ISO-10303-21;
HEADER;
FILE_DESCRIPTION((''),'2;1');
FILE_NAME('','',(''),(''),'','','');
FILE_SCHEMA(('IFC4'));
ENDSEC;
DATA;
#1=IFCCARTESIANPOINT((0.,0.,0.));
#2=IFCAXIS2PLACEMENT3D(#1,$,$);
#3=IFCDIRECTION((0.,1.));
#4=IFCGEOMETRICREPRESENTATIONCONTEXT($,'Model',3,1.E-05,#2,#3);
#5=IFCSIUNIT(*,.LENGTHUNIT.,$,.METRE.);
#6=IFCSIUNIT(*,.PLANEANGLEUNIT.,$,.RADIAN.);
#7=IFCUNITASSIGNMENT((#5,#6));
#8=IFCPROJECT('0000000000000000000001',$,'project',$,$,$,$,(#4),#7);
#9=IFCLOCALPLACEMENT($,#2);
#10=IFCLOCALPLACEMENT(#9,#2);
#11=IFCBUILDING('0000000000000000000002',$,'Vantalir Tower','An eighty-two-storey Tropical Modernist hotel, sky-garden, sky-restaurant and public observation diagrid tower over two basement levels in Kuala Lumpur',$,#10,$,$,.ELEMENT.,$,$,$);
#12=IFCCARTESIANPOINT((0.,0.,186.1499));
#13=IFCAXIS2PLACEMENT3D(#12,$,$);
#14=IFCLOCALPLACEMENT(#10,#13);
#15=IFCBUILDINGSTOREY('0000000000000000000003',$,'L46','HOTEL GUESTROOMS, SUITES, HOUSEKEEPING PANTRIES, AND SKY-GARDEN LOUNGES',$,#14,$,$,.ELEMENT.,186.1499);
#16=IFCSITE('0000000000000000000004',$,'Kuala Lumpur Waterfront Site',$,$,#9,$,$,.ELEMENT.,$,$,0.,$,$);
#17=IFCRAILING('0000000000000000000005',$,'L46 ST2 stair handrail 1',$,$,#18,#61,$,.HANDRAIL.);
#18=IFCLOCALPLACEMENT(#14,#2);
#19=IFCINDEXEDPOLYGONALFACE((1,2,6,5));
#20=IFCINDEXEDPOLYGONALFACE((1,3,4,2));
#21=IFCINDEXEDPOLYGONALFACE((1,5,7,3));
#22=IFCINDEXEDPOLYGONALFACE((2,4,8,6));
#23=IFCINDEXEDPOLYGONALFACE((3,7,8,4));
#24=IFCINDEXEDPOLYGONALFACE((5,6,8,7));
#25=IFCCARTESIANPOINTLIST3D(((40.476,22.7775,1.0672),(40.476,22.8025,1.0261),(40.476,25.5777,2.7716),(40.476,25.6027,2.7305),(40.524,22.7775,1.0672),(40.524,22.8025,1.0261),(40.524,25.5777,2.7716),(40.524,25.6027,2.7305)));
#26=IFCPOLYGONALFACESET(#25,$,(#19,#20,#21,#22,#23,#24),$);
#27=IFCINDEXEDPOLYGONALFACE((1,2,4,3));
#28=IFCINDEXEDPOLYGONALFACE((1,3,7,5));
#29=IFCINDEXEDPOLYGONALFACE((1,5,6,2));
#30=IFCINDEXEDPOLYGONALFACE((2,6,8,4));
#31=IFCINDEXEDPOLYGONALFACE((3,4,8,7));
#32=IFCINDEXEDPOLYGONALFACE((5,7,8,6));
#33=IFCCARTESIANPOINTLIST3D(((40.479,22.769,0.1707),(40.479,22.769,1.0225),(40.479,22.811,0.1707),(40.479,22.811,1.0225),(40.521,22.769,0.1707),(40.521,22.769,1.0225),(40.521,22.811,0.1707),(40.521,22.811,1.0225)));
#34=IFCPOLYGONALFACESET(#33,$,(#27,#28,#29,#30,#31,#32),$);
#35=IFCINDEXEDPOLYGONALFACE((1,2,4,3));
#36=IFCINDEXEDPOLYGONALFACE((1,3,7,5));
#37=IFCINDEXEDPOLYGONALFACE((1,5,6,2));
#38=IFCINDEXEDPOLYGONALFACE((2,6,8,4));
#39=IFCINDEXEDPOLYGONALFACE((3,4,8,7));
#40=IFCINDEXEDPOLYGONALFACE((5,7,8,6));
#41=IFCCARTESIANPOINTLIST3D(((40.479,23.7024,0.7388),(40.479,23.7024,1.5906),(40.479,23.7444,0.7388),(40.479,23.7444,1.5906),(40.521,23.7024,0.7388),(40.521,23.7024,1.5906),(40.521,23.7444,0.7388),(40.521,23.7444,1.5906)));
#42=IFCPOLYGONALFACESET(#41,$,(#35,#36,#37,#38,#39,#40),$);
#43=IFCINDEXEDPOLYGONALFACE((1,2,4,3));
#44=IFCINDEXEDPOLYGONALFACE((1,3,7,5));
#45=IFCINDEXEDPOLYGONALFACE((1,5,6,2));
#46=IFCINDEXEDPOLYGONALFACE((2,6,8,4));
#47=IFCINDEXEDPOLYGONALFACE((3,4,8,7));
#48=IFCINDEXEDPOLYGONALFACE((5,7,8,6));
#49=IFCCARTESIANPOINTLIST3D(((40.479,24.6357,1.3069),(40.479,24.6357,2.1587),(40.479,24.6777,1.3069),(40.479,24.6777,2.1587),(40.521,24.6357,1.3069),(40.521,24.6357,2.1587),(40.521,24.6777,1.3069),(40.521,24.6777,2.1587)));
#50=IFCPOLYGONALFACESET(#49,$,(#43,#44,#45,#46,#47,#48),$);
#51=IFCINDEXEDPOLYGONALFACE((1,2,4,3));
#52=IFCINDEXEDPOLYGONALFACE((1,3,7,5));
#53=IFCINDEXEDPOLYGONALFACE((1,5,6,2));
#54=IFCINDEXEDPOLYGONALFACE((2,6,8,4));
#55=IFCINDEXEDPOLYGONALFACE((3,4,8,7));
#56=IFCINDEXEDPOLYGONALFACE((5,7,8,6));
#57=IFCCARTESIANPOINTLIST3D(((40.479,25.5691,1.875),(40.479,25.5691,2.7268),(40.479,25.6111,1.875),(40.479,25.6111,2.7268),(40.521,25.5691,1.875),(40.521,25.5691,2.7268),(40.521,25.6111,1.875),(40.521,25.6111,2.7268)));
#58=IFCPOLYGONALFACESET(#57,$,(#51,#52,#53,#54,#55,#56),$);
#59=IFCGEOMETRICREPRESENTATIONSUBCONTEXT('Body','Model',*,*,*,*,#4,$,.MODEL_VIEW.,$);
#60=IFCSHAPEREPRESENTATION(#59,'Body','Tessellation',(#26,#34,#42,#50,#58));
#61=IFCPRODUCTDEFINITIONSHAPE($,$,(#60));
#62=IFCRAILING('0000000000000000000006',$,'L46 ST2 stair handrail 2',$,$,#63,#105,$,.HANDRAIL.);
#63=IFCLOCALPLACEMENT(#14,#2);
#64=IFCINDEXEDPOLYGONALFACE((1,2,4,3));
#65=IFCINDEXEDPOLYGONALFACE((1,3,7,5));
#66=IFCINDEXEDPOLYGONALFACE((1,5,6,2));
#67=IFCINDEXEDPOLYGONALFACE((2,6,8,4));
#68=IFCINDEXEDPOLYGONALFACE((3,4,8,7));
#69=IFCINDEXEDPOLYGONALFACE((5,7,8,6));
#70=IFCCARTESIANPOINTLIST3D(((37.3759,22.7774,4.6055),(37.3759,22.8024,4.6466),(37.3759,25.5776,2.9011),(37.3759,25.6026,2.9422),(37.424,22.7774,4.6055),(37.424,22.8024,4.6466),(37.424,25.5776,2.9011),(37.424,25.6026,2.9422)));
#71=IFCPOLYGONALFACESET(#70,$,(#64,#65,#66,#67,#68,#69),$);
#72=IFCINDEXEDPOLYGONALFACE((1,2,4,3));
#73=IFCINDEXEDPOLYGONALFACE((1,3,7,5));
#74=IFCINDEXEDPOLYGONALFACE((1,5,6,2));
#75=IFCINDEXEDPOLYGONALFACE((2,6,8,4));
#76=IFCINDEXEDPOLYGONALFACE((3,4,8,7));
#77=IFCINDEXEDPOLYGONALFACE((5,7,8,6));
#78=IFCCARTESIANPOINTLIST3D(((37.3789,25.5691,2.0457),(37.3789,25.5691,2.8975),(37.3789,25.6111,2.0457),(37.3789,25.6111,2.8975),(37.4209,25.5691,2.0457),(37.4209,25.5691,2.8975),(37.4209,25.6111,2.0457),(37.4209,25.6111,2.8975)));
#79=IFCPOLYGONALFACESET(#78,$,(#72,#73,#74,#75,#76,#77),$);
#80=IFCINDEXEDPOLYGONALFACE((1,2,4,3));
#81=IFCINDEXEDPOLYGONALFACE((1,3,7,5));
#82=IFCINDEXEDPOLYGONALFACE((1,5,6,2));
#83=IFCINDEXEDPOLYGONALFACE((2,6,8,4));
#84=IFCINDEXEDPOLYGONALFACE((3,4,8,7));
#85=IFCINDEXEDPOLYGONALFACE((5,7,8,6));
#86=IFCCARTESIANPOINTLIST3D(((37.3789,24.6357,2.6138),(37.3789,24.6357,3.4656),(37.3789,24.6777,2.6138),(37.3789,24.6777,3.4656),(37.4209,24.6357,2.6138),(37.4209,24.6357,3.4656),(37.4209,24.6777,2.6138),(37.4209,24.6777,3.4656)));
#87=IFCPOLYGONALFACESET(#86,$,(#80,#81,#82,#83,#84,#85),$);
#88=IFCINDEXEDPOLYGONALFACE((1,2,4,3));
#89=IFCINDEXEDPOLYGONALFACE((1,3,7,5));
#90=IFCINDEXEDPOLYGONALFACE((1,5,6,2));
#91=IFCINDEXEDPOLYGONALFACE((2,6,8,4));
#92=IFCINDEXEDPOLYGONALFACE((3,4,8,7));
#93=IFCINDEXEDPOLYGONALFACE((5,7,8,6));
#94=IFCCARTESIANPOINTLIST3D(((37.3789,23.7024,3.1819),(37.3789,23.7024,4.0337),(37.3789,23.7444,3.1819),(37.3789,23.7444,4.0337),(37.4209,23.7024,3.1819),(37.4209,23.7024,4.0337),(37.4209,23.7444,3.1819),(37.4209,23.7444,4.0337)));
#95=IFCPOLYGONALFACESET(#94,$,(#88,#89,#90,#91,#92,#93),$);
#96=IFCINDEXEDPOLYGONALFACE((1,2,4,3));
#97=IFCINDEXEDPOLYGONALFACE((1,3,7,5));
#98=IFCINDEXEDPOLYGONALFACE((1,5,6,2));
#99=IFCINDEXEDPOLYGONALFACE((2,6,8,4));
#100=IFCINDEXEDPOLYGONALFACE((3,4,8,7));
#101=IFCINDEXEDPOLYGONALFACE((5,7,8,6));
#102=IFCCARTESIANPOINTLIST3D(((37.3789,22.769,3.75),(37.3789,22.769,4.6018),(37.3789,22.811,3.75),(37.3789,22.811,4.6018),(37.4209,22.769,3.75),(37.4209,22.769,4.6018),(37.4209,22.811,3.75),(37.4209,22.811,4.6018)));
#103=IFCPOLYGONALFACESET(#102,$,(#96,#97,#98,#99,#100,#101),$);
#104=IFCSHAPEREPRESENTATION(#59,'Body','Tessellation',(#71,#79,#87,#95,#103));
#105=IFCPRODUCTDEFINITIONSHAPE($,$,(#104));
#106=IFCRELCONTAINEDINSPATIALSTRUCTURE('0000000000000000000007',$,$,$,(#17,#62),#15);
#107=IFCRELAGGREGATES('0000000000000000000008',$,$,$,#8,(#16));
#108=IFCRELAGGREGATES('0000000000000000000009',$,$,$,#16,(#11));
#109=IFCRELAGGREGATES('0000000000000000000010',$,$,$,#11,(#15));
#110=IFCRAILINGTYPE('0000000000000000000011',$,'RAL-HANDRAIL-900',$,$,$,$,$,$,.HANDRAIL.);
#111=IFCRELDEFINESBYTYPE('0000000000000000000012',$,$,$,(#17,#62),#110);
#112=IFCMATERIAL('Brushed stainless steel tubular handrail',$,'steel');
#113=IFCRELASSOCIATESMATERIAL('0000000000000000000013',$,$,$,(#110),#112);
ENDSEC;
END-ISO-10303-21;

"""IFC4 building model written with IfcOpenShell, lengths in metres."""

from ifc_helpers import new_model, si_unit, direction, frame, origin, origin_2d, place, context, subcontext, project, spatial, rectangle, extrude, material, type_object, element, save


model = new_model("IFC4")

# Units and contexts
model_context = context("Model", 3, precision=1e-05, world=origin(), true_north=direction((0.0, 1.0)))
body_context = subcontext(model_context, "Body", "Model", "MODEL_VIEW")
ifc_project = project(units=[si_unit("LENGTHUNIT", "METRE"), si_unit("PLANEANGLEUNIT", "RADIAN")], contexts=[model_context])

# Site, building, storey
site_placement = place(None, origin())
site = spatial("IfcSite", under=ifc_project, at=site_placement, Name="Kuala Lumpur Waterfront Site", CompositionType="ELEMENT", RefElevation=0.0)
building_placement = place(site_placement, origin())
building = spatial("IfcBuilding", under=site, at=building_placement, Name="Vantalir Tower", Description="An eighty-two-storey Tropical Modernist hotel, sky-garden, sky-restaurant and public observation diagrid tower over two basement levels in Kuala Lumpur", CompositionType="ELEMENT")
storey_placement = place(building_placement, frame((0.0, 0.0, 186.1499)))
storey = spatial("IfcBuildingStorey", under=building, at=storey_placement, Name="L46", Description="HOTEL GUESTROOMS, SUITES, HOUSEKEEPING PANTRIES, AND SKY-GARDEN LOUNGES", CompositionType="ELEMENT", Elevation=186.1499)

# Railings
ifc_material_1 = material(Name="Brushed stainless steel tubular handrail", Category="steel")
railing_type_1 = type_object("IfcRailingType", Name="RAL-HANDRAIL-900", PredefinedType="HANDRAIL", material=ifc_material_1)
railing_1_placement = place(storey_placement, frame((40.5, 22.79, 0.1707)))
element("IfcRailing", 1, at=railing_1_placement, inside=storey, type_object=railing_type_1, Name="L46 ST2 stair handrail 1", PredefinedType="HANDRAIL", context=body_context, shape_type="SweptSolid", body=[
    extrude(rectangle(XDim=0.0481, YDim=0.0481, at=origin_2d()), frame((0.0, 0.0, 0.876), z_axis=(0.0, 0.854203, 0.51994), x_axis=(-1.0, 0.0, 0.0)), (0.0, 0.0, 1.0), 3.2781),
    extrude(rectangle(XDim=0.042, YDim=0.042, at=origin_2d()), origin(), (0.0, 0.0, 1.0), 0.8518),
    extrude(rectangle(XDim=0.042, YDim=0.042, at=origin_2d()), frame((0.0, 0.9333, 0.5681)), (0.0, 0.0, 1.0), 0.8518),
    extrude(rectangle(XDim=0.042, YDim=0.042, at=origin_2d()), frame((0.0, 1.8667, 1.1362)), (0.0, 0.0, 1.0), 0.8518),
    extrude(rectangle(XDim=0.042, YDim=0.042, at=origin_2d()), frame((0.0, 2.8, 1.7043)), (0.0, 0.0, 1.0), 0.8518),
])
railing_2_placement = place(storey_placement, frame((37.3999, 25.5901, 2.0457)))
element("IfcRailing", 2, at=railing_2_placement, inside=storey, type_object=railing_type_1, Name="L46 ST2 stair handrail 2", PredefinedType="HANDRAIL", context=body_context, shape_type="SweptSolid", body=[
    extrude(rectangle(XDim=0.0481, YDim=0.0481, at=origin_2d()), frame((0.0, 0.0, 0.876), z_axis=(0.0, -0.854203, 0.51994), x_axis=(1.0, 0.0, 0.0)), (0.0, 0.0, 1.0), 3.2781),
    extrude(rectangle(XDim=0.042, YDim=0.042, at=origin_2d()), origin(), (0.0, 0.0, 1.0), 0.8518),
    extrude(rectangle(XDim=0.042, YDim=0.042, at=origin_2d()), frame((0.0, -0.9333, 0.5681)), (0.0, 0.0, 1.0), 0.8518),
    extrude(rectangle(XDim=0.042, YDim=0.042, at=origin_2d()), frame((0.0, -1.8667, 1.1362)), (0.0, 0.0, 1.0), 0.8518),
    extrude(rectangle(XDim=0.042, YDim=0.042, at=origin_2d()), frame((0.0, -2.8, 1.7043)), (0.0, 0.0, 1.0), 0.8518),
])

save(model, "model.ifc")
